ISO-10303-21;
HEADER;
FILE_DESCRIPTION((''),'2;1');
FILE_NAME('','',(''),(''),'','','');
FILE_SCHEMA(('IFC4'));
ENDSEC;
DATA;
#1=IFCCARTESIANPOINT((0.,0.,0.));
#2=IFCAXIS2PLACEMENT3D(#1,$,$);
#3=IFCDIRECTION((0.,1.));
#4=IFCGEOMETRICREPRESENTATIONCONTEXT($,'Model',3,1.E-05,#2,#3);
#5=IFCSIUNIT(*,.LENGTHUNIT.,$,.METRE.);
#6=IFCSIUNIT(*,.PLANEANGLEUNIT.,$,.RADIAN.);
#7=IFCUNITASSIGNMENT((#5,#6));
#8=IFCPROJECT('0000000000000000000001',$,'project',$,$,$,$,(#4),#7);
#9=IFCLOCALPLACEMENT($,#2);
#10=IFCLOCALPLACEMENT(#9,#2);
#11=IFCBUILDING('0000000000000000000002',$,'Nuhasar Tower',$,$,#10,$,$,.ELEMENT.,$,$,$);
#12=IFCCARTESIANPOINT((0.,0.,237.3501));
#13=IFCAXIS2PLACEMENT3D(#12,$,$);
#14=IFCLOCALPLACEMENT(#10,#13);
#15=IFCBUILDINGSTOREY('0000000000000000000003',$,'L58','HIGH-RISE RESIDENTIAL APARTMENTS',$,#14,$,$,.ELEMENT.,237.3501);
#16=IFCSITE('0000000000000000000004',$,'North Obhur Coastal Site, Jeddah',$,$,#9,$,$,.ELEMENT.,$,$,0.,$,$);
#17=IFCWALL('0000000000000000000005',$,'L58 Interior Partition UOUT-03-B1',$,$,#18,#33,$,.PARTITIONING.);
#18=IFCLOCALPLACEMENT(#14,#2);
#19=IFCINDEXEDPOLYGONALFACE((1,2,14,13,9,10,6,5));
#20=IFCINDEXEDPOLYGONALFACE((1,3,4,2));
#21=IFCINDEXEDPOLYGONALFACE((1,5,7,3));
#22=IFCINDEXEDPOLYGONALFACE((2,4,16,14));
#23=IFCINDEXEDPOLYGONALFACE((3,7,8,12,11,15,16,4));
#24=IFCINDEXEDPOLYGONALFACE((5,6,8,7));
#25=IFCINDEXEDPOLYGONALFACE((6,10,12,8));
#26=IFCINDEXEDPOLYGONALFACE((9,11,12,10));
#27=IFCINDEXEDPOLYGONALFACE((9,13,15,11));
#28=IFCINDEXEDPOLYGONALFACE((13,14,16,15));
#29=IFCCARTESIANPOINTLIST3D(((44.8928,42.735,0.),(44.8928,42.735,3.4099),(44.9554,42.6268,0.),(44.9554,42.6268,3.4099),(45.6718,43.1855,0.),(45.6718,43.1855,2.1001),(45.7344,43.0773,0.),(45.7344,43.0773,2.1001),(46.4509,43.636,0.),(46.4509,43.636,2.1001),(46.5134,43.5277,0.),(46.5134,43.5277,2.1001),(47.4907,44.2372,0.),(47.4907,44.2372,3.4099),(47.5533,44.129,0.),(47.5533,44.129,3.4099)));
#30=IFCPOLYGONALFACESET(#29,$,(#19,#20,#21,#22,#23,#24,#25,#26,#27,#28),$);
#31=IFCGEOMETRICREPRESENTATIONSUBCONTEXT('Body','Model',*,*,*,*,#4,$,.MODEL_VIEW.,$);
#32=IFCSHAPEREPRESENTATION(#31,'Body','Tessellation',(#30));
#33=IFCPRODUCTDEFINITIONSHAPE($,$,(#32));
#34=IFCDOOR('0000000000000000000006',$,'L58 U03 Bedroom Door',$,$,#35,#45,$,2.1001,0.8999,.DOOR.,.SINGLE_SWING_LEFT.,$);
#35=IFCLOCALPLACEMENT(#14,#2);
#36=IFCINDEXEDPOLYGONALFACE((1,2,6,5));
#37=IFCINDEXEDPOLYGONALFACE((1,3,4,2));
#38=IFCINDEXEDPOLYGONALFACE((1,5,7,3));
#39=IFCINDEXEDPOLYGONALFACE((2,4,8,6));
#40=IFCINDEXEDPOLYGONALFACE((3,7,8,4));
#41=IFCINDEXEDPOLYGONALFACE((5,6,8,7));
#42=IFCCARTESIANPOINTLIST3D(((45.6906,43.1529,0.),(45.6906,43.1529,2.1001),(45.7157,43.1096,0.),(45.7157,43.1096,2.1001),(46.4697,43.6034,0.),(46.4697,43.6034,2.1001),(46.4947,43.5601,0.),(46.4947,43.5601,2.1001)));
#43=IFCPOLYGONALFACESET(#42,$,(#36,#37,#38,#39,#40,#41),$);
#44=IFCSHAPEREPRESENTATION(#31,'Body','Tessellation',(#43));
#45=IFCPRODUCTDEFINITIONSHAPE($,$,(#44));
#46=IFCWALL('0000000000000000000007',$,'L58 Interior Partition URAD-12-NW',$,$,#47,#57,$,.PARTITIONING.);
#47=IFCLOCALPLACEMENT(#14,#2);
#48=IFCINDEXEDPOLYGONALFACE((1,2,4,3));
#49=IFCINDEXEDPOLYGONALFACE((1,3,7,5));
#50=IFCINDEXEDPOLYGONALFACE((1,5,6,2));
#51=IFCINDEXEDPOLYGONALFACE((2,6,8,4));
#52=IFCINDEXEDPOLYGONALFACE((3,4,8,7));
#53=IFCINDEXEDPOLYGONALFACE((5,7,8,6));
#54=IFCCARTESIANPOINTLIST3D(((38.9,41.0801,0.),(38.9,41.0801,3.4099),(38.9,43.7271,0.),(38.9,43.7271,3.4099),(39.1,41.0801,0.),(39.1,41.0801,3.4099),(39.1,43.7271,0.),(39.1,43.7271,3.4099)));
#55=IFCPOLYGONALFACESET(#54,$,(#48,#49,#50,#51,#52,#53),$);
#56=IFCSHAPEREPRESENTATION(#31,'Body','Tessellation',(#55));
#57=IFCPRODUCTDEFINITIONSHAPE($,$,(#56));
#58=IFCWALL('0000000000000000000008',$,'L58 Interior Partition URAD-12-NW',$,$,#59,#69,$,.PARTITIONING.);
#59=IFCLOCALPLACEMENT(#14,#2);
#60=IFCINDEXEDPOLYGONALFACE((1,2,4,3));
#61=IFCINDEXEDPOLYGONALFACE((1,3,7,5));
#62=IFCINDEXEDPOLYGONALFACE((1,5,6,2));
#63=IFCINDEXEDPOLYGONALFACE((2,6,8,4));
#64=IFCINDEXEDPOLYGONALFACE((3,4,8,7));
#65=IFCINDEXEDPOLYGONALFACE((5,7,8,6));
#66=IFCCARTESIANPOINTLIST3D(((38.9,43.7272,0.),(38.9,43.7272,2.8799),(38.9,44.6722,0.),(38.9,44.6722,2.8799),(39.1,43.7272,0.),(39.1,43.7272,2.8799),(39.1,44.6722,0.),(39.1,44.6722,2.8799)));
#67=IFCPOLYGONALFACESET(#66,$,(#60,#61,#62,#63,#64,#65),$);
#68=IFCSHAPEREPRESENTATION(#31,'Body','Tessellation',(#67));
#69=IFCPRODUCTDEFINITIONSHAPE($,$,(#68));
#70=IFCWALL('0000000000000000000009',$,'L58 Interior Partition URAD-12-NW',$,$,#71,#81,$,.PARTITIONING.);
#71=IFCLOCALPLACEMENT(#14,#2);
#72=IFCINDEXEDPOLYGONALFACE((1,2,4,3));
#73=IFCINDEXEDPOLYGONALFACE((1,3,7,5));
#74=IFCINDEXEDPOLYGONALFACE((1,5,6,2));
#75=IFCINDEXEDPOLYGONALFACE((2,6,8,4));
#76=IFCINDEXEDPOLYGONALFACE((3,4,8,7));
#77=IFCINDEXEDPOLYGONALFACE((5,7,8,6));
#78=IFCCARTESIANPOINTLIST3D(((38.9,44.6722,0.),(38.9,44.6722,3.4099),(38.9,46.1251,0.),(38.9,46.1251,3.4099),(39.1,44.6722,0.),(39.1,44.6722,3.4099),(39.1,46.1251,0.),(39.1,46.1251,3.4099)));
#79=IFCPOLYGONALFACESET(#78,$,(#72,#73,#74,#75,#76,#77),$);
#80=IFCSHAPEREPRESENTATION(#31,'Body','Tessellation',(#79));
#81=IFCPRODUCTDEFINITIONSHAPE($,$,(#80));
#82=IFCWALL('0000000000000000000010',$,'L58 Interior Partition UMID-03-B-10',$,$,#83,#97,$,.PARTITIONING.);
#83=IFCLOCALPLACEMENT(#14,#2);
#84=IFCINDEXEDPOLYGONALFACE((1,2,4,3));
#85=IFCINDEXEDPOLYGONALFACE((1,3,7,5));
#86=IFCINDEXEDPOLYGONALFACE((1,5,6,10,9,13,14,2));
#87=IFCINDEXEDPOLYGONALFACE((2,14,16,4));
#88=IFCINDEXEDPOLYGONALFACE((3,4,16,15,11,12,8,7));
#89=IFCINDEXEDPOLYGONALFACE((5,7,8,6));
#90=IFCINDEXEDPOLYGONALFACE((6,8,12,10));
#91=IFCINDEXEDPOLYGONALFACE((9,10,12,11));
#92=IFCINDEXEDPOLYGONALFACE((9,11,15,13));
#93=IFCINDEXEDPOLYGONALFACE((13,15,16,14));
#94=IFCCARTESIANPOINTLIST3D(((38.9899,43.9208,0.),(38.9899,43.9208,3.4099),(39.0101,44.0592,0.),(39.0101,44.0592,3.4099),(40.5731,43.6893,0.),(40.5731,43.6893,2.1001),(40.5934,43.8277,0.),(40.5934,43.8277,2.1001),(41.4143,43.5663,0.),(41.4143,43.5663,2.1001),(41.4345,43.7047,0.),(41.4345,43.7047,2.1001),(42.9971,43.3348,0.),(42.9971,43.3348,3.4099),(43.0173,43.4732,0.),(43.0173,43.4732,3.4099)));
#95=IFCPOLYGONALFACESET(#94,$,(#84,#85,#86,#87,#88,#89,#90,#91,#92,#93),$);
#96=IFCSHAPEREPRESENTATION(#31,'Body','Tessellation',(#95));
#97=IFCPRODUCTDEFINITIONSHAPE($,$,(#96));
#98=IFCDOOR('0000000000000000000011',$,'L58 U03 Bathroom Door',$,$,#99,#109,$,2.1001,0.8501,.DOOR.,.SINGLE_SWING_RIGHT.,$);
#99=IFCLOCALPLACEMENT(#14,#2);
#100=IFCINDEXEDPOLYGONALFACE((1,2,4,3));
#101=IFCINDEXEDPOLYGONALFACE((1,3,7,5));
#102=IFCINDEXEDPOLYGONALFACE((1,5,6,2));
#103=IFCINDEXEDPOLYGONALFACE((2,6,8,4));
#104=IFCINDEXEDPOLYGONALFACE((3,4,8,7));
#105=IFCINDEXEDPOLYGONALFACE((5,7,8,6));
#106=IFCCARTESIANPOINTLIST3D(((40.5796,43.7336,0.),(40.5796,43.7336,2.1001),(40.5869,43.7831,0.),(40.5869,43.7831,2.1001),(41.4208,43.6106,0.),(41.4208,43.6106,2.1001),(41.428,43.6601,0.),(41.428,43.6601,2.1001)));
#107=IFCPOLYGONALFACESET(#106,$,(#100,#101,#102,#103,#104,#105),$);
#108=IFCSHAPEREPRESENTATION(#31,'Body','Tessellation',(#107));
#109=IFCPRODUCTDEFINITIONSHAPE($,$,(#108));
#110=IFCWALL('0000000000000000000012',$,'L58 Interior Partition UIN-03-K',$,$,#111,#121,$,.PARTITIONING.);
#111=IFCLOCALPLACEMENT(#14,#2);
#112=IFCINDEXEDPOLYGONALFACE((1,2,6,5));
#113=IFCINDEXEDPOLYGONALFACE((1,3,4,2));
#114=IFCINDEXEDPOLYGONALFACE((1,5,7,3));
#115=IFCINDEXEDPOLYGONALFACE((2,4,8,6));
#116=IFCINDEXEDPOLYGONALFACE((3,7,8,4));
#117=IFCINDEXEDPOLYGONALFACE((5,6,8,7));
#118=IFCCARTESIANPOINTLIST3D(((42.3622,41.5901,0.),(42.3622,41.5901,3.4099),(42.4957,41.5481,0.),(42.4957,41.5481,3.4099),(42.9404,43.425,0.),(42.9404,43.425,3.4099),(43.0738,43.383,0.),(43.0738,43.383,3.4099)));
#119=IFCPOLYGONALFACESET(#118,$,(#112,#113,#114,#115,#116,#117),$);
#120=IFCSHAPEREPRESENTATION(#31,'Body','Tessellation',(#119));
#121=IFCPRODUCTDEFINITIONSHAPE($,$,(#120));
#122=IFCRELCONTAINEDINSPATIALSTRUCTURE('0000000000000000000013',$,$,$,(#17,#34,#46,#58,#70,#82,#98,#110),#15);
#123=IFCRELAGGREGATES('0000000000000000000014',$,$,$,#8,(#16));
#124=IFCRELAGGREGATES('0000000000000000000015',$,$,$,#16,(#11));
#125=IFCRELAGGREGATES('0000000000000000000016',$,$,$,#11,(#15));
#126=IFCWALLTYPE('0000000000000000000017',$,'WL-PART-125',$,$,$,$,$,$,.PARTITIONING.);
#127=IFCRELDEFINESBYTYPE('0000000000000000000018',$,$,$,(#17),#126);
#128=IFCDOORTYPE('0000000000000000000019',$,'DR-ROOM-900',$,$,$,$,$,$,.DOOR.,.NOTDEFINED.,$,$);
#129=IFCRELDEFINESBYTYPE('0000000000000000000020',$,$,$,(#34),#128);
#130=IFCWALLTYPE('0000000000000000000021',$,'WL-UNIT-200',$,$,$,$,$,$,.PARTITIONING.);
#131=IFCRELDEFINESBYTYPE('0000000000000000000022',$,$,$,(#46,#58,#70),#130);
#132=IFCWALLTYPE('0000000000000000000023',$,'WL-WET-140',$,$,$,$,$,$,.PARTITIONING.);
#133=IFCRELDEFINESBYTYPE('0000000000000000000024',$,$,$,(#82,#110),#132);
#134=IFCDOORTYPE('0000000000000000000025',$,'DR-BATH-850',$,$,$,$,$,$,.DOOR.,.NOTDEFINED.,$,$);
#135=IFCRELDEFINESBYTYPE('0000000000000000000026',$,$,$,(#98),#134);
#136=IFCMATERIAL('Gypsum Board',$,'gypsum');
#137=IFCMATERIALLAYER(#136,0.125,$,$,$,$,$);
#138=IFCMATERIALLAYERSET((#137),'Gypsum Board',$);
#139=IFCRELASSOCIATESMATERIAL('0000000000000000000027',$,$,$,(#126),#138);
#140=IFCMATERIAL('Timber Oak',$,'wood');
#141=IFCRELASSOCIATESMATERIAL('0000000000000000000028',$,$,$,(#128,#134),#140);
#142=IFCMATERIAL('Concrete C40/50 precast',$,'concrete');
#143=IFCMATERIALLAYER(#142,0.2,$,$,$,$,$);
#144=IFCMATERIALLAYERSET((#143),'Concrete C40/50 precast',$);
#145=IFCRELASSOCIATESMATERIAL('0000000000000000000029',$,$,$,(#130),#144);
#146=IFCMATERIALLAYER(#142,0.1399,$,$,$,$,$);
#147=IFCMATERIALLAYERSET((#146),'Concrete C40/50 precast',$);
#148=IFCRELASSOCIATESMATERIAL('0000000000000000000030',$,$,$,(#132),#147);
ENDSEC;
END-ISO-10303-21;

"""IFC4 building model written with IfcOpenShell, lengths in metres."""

from ifc_helpers import new_model, si_unit, direction, frame, frame_2d, origin, place, context, subcontext, project, spatial, rectangle, extrude, material, layer, layer_set, type_object, element, fill, save


model = new_model("IFC4")

# Units and contexts
model_context = context("Model", 3, precision=1e-05, world=origin(), true_north=direction((0.0, 1.0)))
body_context = subcontext(model_context, "Body", "Model", "MODEL_VIEW")
ifc_project = project(units=[si_unit("LENGTHUNIT", "METRE"), si_unit("PLANEANGLEUNIT", "RADIAN")], contexts=[model_context])

# Site, building, storey
site_placement = place(None, origin())
site = spatial("IfcSite", under=ifc_project, at=site_placement, Name="North Obhur Coastal Site, Jeddah", CompositionType="ELEMENT", RefElevation=0.0)
building_placement = place(site_placement, origin())
building = spatial("IfcBuilding", under=site, at=building_placement, Name="Nuhasar Tower", CompositionType="ELEMENT")
storey_placement = place(building_placement, frame((0.0, 0.0, 237.3501)))
storey = spatial("IfcBuildingStorey", under=building, at=storey_placement, Name="L58", Description="HIGH-RISE RESIDENTIAL APARTMENTS", CompositionType="ELEMENT", Elevation=237.3501)

# Shared definitions
ifc_material_1 = material(Name="Gypsum Board", Category="gypsum")

# Wall, opening, door
ifc_layer_1 = layer(ifc_material_1, 0.125)
ifc_layer_set_1 = layer_set([ifc_layer_1], Name="Gypsum Board")
wall_type_1 = type_object("IfcWallType", Name="WL-PART-125", PredefinedType="PARTITIONING", material=ifc_layer_set_1)
wall_1_placement = place(storey_placement, frame((44.9241, 42.6809, 0.0), z_axis=(0.0, 0.0, 1.0), x_axis=(0.865694, 0.500574, 0.0)))
wall_1 = element("IfcWall", 1, at=wall_1_placement, inside=storey, type_object=wall_type_1, Name="L58 Interior Partition UOUT-03-B1", PredefinedType="PARTITIONING", context=body_context, shape_type="SweptSolid", body=[
    extrude(rectangle(XDim=3.001, YDim=0.125, at=frame_2d((1.5005, 0.0))), origin(), (0.0, 0.0, 1.0), 3.4099),
])
opening_1_placement = place(wall_1_placement, frame((0.8999, 0.0, 0.0)))
opening_1 = element("IfcOpeningElement", 2, at=opening_1_placement, cuts=wall_1, PredefinedType="OPENING", context=body_context, shape_type="SweptSolid", body=[
    extrude(rectangle(XDim=0.8999, YDim=2.1001, at=frame_2d((0.45, 1.05))), frame((0.0, 0.0725, 0.0), z_axis=(0.0, -1.0, 0.0), x_axis=(1.0, 0.0, 0.0)), (0.0, 0.0, 1.0), 0.145),
])
ifc_material_2 = material(Name="Timber Oak", Category="wood")
door_type_1 = type_object("IfcDoorType", Name="DR-ROOM-900", OperationType="NOTDEFINED", PredefinedType="DOOR", material=ifc_material_2)
door_1_placement = place(opening_1_placement, origin())
door_1 = element("IfcDoor", 3, at=door_1_placement, inside=storey, type_object=door_type_1, Name="L58 U03 Bedroom Door", OperationType="SINGLE_SWING_LEFT", OverallHeight=2.1001, OverallWidth=0.8999, PredefinedType="DOOR", context=body_context, shape_type="SweptSolid", body=[
    extrude(rectangle(XDim=0.8999, YDim=2.1001, at=frame_2d((0.45, 1.05))), frame((0.0, 0.0249, 0.0), z_axis=(0.0, -1.0, 0.0), x_axis=(1.0, 0.0, 0.0)), (0.0, 0.0, 1.0), 0.05),
])
fill(opening_1, door_1)

# Walls
ifc_material_3 = material(Name="Concrete C40/50 precast", Category="concrete")
ifc_layer_2 = layer(ifc_material_3, 0.2)
ifc_layer_set_2 = layer_set([ifc_layer_2], Name="Concrete C40/50 precast")
wall_type_2 = type_object("IfcWallType", Name="WL-UNIT-200", PredefinedType="PARTITIONING", material=ifc_layer_set_2)
wall_2_placement = place(storey_placement, frame((39.0, 41.0801, 0.0), z_axis=(0.0, 0.0, 1.0), x_axis=(0.0, 1.0, 0.0)))
element("IfcWall", 4, at=wall_2_placement, inside=storey, type_object=wall_type_2, Name="L58 Interior Partition URAD-12-NW", PredefinedType="PARTITIONING", context=body_context, shape_type="SweptSolid", body=[
    extrude(rectangle(XDim=2.647, YDim=0.2, at=frame_2d((1.3235, 0.0))), origin(), (0.0, 0.0, 1.0), 3.4099),
])
wall_3_placement = place(storey_placement, frame((39.0, 43.7271, 0.0), z_axis=(0.0, 0.0, 1.0), x_axis=(0.0, 1.0, 0.0)))
element("IfcWall", 5, at=wall_3_placement, inside=storey, type_object=wall_type_2, Name="L58 Interior Partition URAD-12-NW", PredefinedType="PARTITIONING", context=body_context, shape_type="SweptSolid", body=[
    extrude(rectangle(XDim=0.9451, YDim=0.2, at=frame_2d((0.4727, 0.0))), origin(), (0.0, 0.0, 1.0), 2.8799),
])
wall_4_placement = place(storey_placement, frame((39.0, 44.6721, 0.0), z_axis=(0.0, 0.0, 1.0), x_axis=(0.0, 1.0, 0.0)))
element("IfcWall", 6, at=wall_4_placement, inside=storey, type_object=wall_type_2, Name="L58 Interior Partition URAD-12-NW", PredefinedType="PARTITIONING", context=body_context, shape_type="SweptSolid", body=[
    extrude(rectangle(XDim=1.4529, YDim=0.2, at=frame_2d((0.7266, 0.0))), origin(), (0.0, 0.0, 1.0), 3.4099),
])

# Wall, opening, door
ifc_layer_3 = layer(ifc_material_3, 0.1399)
ifc_layer_set_3 = layer_set([ifc_layer_3], Name="Concrete C40/50 precast")
wall_type_3 = type_object("IfcWallType", Name="WL-WET-140", PredefinedType="PARTITIONING", material=ifc_layer_set_3)
wall_5_placement = place(storey_placement, frame((39.0, 43.99, 0.0), z_axis=(0.0, 0.0, 1.0), x_axis=(0.989477, -0.144687, 0.0)))
wall_5 = element("IfcWall", 7, at=wall_5_placement, inside=storey, type_object=wall_type_3, Name="L58 Interior Partition UMID-03-B-10", PredefinedType="PARTITIONING", context=body_context, shape_type="SweptSolid", body=[
    extrude(rectangle(XDim=4.0498, YDim=0.1399, at=frame_2d((2.0249, 0.0))), origin(), (0.0, 0.0, 1.0), 3.4099),
])
opening_2_placement = place(wall_5_placement, frame((1.6001, 0.0, 0.0)))
opening_2 = element("IfcOpeningElement", 8, at=opening_2_placement, cuts=wall_5, PredefinedType="OPENING", context=body_context, shape_type="SweptSolid", body=[
    extrude(rectangle(XDim=0.8501, YDim=2.1001, at=frame_2d((0.425, 1.05))), frame((0.0, 0.0801, 0.0), z_axis=(0.0, -1.0, 0.0), x_axis=(1.0, 0.0, 0.0)), (0.0, 0.0, 1.0), 0.1599),
])
door_type_2 = type_object("IfcDoorType", Name="DR-BATH-850", OperationType="NOTDEFINED", PredefinedType="DOOR", material=ifc_material_2)
door_2_placement = place(opening_2_placement, origin())
door_2 = element("IfcDoor", 9, at=door_2_placement, inside=storey, type_object=door_type_2, Name="L58 U03 Bathroom Door", OperationType="SINGLE_SWING_RIGHT", OverallHeight=2.1001, OverallWidth=0.8501, PredefinedType="DOOR", context=body_context, shape_type="SweptSolid", body=[
    extrude(rectangle(XDim=0.8501, YDim=2.1001, at=frame_2d((0.425, 1.05))), frame((0.0, 0.0249, 0.0), z_axis=(0.0, -1.0, 0.0), x_axis=(1.0, 0.0, 0.0)), (0.0, 0.0, 1.0), 0.05),
])
fill(opening_2, door_2)

# Wall
wall_6_placement = place(storey_placement, frame((42.429, 41.5691, 0.0), z_axis=(0.0, 0.0, 1.0), x_axis=(0.3005, 0.953782, 0.0)))
element("IfcWall", 10, at=wall_6_placement, inside=storey, type_object=wall_type_3, Name="L58 Interior Partition UIN-03-K", PredefinedType="PARTITIONING", context=body_context, shape_type="SweptSolid", body=[
    extrude(rectangle(XDim=1.9238, YDim=0.1399, at=frame_2d((0.9619, 0.0))), origin(), (0.0, 0.0, 1.0), 3.4099),
])

save(model, "model.ifc")
